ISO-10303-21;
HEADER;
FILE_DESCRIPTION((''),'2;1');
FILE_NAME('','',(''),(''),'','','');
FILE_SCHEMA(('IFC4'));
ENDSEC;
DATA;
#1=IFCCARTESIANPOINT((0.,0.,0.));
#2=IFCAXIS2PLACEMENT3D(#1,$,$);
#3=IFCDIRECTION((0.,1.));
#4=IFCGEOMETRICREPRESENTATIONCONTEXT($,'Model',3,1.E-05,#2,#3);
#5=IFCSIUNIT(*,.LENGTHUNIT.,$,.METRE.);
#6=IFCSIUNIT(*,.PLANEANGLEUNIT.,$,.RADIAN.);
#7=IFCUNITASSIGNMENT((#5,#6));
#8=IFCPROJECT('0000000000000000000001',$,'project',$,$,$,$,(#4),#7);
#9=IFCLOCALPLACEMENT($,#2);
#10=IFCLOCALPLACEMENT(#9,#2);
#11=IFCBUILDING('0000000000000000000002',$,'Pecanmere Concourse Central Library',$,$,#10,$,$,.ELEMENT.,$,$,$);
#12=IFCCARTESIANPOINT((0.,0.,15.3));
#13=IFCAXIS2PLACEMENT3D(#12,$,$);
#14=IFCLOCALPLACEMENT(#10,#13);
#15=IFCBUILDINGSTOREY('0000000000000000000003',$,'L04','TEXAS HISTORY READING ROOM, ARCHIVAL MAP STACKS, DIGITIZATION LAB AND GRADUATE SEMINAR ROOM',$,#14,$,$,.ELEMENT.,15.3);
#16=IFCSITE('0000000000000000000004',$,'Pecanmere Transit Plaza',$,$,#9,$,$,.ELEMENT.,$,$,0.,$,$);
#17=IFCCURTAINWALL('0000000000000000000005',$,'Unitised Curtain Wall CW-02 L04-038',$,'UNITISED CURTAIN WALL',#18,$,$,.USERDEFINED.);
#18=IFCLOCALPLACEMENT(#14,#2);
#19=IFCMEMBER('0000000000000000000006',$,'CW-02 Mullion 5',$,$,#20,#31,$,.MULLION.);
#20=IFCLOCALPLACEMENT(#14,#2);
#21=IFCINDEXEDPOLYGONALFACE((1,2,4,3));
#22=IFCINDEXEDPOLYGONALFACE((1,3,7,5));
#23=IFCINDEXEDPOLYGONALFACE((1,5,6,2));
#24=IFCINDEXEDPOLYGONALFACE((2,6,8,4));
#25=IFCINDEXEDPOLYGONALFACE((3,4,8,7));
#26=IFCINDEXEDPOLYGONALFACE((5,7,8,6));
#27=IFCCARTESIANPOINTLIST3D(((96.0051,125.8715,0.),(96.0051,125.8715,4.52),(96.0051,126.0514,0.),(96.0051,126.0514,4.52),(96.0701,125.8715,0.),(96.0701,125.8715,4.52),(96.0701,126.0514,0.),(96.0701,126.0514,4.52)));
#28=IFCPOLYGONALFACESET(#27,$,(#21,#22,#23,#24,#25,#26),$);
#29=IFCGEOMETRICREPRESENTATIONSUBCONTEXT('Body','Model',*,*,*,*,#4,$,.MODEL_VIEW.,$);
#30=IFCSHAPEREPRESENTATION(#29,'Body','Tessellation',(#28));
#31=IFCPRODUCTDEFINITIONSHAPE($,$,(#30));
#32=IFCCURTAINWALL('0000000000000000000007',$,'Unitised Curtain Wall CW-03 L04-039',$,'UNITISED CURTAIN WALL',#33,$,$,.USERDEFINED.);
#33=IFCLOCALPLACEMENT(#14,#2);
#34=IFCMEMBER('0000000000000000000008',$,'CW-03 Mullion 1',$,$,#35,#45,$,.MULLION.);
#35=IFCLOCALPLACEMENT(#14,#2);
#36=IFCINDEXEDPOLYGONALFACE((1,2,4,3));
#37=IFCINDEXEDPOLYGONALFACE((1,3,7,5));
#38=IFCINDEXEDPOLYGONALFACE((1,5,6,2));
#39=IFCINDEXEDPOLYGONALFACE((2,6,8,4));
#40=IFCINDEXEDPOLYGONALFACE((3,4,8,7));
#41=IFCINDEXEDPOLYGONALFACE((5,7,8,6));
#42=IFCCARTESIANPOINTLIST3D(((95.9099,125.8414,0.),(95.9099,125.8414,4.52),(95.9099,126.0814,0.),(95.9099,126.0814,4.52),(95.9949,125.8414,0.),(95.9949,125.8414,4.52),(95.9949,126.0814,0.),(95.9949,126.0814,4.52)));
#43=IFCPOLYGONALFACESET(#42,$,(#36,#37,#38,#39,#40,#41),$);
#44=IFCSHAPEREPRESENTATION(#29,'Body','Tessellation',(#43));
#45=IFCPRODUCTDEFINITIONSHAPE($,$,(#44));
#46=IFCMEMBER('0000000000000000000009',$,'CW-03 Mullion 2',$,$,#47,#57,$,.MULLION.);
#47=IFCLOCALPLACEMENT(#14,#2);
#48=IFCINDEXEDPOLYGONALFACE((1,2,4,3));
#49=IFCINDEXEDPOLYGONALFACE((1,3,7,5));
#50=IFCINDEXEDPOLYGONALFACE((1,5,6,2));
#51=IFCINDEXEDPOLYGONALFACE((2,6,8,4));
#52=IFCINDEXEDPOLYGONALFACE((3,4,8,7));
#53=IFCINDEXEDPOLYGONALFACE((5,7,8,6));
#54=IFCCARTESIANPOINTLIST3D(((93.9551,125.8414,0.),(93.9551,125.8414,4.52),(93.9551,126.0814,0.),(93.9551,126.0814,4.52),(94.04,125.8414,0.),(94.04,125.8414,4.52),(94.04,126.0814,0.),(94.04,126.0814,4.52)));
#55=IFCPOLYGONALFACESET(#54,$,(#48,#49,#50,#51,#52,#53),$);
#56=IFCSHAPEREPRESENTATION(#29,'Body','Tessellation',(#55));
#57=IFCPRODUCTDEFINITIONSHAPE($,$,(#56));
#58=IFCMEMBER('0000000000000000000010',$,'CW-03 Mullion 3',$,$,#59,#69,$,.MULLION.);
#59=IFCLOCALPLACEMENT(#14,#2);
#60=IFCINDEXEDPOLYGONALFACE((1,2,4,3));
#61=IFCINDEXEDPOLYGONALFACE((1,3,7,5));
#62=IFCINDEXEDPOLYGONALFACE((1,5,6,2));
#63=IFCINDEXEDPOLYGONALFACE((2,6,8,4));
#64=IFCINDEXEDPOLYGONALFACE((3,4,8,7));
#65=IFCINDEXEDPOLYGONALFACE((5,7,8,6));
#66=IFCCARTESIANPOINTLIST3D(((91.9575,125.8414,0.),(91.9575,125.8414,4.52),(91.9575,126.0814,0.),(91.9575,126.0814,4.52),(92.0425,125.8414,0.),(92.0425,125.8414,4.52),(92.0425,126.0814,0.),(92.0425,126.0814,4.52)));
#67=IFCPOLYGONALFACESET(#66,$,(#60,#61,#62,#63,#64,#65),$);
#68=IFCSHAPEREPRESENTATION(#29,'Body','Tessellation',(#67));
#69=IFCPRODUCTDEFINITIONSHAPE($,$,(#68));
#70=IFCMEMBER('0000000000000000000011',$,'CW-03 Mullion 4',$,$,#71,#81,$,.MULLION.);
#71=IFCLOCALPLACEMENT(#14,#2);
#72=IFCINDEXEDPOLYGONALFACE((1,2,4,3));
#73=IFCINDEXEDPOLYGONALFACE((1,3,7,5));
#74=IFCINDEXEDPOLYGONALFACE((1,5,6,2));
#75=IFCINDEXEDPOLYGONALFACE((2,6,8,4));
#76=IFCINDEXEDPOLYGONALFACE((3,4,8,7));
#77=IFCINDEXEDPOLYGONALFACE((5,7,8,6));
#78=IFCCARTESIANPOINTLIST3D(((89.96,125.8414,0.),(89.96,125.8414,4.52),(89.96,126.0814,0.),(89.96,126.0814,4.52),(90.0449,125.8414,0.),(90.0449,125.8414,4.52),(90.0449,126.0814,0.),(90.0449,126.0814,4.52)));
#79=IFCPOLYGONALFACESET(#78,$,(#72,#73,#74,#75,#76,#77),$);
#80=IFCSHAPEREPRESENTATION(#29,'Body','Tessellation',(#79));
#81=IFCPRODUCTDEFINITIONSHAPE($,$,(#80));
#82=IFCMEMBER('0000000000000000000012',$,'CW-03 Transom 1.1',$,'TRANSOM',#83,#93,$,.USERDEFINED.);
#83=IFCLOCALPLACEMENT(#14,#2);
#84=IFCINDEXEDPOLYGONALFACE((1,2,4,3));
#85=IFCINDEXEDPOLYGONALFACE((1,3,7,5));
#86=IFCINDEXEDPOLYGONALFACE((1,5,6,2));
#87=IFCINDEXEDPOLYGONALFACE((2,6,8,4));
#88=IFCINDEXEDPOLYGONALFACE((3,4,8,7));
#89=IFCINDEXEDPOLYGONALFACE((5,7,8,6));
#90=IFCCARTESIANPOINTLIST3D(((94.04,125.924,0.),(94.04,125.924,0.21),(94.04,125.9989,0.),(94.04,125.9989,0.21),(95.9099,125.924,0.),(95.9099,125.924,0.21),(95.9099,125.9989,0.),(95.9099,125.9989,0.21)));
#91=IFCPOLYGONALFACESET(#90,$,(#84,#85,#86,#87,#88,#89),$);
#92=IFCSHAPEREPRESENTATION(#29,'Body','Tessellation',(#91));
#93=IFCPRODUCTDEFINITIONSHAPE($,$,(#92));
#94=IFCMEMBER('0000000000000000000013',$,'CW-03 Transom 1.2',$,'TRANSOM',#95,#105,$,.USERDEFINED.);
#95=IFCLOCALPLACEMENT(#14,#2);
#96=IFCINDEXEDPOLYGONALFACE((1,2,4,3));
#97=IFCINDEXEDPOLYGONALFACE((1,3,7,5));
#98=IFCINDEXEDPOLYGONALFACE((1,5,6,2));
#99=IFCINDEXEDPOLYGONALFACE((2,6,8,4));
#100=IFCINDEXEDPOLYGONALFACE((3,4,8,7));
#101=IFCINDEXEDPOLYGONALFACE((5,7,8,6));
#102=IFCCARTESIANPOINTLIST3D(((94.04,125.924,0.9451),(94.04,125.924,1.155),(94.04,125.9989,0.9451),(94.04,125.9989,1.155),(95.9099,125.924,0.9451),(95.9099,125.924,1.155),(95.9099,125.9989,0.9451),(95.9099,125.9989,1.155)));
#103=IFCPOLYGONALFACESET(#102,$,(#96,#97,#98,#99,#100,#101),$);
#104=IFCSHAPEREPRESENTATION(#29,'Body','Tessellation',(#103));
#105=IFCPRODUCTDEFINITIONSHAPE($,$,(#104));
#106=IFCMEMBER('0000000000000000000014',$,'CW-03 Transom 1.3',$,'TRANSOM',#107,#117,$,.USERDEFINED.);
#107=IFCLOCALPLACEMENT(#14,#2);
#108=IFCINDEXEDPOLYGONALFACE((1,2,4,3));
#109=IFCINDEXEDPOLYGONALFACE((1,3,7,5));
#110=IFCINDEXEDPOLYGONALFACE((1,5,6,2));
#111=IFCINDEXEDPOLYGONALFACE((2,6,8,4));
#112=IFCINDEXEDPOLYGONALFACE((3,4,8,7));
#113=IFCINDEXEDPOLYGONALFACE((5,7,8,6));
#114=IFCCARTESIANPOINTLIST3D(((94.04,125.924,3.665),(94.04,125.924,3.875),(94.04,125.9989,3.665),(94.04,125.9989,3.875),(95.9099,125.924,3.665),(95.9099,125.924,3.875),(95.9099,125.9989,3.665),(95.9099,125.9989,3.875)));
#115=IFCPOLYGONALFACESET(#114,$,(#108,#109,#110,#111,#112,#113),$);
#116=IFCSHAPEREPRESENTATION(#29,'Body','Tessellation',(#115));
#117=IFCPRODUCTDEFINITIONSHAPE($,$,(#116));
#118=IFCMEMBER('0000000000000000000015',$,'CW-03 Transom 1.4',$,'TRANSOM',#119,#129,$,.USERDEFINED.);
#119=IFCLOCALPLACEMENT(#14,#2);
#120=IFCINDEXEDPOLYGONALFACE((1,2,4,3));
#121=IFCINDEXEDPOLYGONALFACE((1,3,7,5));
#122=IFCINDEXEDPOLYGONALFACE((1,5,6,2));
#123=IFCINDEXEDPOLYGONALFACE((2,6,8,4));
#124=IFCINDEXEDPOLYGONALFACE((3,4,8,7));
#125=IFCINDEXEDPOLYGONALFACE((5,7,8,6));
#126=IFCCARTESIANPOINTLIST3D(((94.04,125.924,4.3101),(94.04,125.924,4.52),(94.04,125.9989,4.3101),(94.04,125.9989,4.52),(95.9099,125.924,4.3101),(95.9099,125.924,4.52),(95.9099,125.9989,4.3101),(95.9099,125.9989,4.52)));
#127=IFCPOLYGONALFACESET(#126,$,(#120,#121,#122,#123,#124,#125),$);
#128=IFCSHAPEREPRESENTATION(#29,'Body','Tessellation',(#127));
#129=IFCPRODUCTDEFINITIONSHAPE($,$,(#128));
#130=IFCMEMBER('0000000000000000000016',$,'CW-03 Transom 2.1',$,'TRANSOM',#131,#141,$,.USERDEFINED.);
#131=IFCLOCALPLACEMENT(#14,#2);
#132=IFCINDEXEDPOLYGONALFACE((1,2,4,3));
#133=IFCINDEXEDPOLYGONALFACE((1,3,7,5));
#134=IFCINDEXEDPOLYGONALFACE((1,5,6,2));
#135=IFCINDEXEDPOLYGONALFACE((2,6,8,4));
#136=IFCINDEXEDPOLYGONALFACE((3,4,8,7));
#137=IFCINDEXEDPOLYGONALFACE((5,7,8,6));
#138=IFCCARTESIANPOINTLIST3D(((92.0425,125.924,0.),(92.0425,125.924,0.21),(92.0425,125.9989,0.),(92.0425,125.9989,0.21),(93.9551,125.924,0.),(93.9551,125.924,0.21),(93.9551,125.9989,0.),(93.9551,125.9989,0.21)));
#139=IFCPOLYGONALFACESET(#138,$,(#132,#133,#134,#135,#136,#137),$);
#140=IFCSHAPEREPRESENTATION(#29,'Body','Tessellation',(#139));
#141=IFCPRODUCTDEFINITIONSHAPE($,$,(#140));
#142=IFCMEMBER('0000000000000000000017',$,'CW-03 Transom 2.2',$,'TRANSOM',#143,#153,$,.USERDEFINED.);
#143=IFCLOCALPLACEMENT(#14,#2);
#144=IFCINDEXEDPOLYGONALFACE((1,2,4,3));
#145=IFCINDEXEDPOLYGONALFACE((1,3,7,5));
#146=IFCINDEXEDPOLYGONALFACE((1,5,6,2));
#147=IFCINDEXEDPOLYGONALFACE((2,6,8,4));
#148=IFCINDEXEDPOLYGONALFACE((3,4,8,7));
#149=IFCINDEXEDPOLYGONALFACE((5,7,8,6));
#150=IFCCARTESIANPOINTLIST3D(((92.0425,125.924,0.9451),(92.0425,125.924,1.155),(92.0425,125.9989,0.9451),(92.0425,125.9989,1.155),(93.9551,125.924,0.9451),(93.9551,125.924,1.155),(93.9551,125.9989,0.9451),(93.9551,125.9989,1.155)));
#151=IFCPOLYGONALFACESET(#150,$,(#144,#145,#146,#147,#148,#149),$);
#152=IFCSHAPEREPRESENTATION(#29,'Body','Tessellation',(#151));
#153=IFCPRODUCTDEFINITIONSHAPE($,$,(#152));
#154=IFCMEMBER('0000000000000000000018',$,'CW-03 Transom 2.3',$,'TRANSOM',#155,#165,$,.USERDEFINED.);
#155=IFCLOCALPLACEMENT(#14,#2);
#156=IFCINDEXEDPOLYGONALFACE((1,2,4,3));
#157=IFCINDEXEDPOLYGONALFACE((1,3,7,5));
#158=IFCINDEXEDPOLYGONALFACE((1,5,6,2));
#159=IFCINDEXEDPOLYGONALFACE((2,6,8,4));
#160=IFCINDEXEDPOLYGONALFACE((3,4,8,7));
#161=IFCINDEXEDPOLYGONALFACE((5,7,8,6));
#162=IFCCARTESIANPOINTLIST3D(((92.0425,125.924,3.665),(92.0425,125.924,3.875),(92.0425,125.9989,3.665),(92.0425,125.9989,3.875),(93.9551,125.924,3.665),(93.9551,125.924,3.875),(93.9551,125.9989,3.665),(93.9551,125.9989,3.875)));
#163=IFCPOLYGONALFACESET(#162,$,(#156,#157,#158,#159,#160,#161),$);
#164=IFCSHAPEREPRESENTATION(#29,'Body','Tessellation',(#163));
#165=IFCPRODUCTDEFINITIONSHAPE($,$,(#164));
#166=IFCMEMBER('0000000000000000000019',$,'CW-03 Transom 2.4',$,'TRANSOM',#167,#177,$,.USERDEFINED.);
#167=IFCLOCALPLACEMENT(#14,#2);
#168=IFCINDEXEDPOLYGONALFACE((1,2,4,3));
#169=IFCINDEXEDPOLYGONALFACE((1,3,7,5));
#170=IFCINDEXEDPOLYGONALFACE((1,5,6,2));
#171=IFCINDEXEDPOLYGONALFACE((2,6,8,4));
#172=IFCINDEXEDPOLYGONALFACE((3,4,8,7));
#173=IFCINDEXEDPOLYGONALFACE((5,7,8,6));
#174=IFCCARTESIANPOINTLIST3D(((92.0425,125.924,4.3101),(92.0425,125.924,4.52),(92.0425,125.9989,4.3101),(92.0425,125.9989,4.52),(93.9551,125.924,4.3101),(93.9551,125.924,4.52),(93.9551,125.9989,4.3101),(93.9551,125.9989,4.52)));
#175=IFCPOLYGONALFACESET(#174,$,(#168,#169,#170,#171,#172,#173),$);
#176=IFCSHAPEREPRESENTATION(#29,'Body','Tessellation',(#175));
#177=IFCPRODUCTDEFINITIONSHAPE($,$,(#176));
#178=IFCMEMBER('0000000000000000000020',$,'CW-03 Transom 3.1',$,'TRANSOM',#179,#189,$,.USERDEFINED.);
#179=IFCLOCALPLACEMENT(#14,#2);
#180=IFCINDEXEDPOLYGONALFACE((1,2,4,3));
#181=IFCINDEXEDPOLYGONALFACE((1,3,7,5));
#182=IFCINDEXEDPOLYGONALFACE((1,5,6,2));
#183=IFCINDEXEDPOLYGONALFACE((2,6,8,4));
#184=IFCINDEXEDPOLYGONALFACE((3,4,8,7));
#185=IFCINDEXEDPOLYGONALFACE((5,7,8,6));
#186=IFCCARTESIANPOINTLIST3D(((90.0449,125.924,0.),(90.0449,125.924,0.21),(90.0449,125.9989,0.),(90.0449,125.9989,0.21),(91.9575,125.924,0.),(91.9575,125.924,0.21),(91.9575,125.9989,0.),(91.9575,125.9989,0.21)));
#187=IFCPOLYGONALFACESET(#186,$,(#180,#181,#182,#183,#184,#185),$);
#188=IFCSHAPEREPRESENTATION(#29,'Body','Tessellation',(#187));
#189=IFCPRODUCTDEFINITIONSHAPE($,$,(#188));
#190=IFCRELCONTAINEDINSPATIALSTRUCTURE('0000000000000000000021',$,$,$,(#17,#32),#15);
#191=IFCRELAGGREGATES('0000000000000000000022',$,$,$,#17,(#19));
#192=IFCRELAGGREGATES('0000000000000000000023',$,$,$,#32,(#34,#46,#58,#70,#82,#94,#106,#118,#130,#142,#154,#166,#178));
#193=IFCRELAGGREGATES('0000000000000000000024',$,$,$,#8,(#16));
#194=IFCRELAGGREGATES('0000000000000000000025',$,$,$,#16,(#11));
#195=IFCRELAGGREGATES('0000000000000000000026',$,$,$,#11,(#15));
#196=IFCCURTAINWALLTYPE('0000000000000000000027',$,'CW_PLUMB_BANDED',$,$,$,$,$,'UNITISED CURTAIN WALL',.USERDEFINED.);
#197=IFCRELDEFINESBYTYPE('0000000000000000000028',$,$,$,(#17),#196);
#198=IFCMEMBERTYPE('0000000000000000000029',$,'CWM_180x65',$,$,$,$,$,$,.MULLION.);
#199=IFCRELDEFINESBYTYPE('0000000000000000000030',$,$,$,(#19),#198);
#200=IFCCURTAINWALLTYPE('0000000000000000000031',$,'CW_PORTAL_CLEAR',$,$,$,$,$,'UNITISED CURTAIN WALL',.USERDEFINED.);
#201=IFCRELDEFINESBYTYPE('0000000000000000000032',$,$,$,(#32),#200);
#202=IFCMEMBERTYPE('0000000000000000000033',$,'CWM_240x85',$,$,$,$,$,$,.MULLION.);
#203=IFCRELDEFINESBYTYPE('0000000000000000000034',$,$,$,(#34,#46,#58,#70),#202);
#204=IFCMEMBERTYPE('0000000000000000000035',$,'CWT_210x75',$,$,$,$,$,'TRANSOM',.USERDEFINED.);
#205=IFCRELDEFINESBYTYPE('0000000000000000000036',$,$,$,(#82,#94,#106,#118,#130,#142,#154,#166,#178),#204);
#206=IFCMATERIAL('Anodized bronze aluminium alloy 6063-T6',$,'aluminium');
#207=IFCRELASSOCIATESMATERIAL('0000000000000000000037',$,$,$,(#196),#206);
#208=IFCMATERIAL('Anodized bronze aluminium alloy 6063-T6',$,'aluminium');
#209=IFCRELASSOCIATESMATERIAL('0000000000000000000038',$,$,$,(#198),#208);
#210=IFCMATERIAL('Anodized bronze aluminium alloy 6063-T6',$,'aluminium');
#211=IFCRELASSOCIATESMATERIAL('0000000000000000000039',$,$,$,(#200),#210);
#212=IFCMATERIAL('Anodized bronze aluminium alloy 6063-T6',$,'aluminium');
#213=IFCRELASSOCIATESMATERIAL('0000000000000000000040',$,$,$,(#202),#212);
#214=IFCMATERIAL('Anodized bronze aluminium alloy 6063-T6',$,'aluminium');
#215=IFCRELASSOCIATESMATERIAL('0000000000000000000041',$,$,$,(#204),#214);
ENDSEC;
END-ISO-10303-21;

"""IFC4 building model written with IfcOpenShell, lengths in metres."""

from ifc_helpers import new_model, si_unit, direction, frame, origin, origin_2d, place, context, subcontext, project, spatial, rectangle, extrude, material, material_profile, profile_set, type_object, element, aggregate, save


model = new_model("IFC4")

# Units and contexts
model_context = context("Model", 3, precision=1e-05, world=origin(), true_north=direction((0.0, 1.0)))
body_context = subcontext(model_context, "Body", "Model", "MODEL_VIEW")
ifc_project = project(units=[si_unit("LENGTHUNIT", "METRE"), si_unit("PLANEANGLEUNIT", "RADIAN")], contexts=[model_context])

# Site, building, storey
site_placement = place(None, origin())
site = spatial("IfcSite", under=ifc_project, at=site_placement, Name="Pecanmere Transit Plaza", CompositionType="ELEMENT", RefElevation=0.0)
building_placement = place(site_placement, origin())
building = spatial("IfcBuilding", under=site, at=building_placement, Name="Pecanmere Concourse Central Library", CompositionType="ELEMENT")
storey_placement = place(building_placement, frame((0.0, 0.0, 15.3)))
storey = spatial("IfcBuildingStorey", under=building, at=storey_placement, Name="L04", Description="TEXAS HISTORY READING ROOM, ARCHIVAL MAP STACKS, DIGITIZATION LAB AND GRADUATE SEMINAR ROOM", CompositionType="ELEMENT", Elevation=15.3)

# Curtain wall, member
ifc_material_1 = material(Name="Anodized bronze aluminium alloy 6063-T6", Category="aluminium")
curtain_wall_type_1 = type_object("IfcCurtainWallType", Name="CW_PLUMB_BANDED", ElementType="UNITISED CURTAIN WALL", PredefinedType="USERDEFINED", material=ifc_material_1)
curtain_wall_1_placement = place(storey_placement, origin())
curtain_wall_1 = element("IfcCurtainWall", 1, at=curtain_wall_1_placement, inside=storey, type_object=curtain_wall_type_1, Name="Unitised Curtain Wall CW-02 L04-038", ObjectType="UNITISED CURTAIN WALL", PredefinedType="USERDEFINED")
ifc_material_2 = material(Name="Anodized bronze aluminium alloy 6063-T6", Category="aluminium")
ifc_material_profile_1 = material_profile(ifc_material_2, rectangle(XDim=0.0649, YDim=0.1799, at=origin_2d()), Name="AL 65x180")
ifc_profile_set_1 = profile_set([ifc_material_profile_1], Name="Anodized bronze aluminium alloy 6063-T6")
member_type_1 = type_object("IfcMemberType", Name="CWM_180x65", PredefinedType="MULLION", material=ifc_profile_set_1)
member_1_placement = place(storey_placement, frame((96.0376, 125.9614, 0.0), z_axis=(0.0, 0.0, 1.0), x_axis=(-1.0, 0.0, 0.0)))
member_1 = element("IfcMember", 2, at=member_1_placement, type_object=member_type_1, Name="CW-02 Mullion 5", PredefinedType="MULLION", context=body_context, shape_type="SweptSolid", body=[
    extrude(rectangle(XDim=0.0649, YDim=0.1799, at=origin_2d()), origin(), (0.0, 0.0, 1.0), 4.52),
])
aggregate(curtain_wall_1, [member_1])

# Curtain wall, members
ifc_material_3 = material(Name="Anodized bronze aluminium alloy 6063-T6", Category="aluminium")
curtain_wall_type_2 = type_object("IfcCurtainWallType", Name="CW_PORTAL_CLEAR", ElementType="UNITISED CURTAIN WALL", PredefinedType="USERDEFINED", material=ifc_material_3)
curtain_wall_2_placement = place(storey_placement, origin())
curtain_wall_2 = element("IfcCurtainWall", 3, at=curtain_wall_2_placement, inside=storey, type_object=curtain_wall_type_2, Name="Unitised Curtain Wall CW-03 L04-039", ObjectType="UNITISED CURTAIN WALL", PredefinedType="USERDEFINED")
ifc_material_4 = material(Name="Anodized bronze aluminium alloy 6063-T6", Category="aluminium")
ifc_material_profile_2 = material_profile(ifc_material_4, rectangle(XDim=0.085, YDim=0.24, at=origin_2d()), Name="AL 85x240")
ifc_profile_set_2 = profile_set([ifc_material_profile_2], Name="Anodized bronze aluminium alloy 6063-T6")
member_type_2 = type_object("IfcMemberType", Name="CWM_240x85", PredefinedType="MULLION", material=ifc_profile_set_2)
member_2_placement = place(storey_placement, frame((95.9524, 125.9614, 0.0), z_axis=(0.0, 0.0, 1.0), x_axis=(-1.0, 0.0, 0.0)))
member_2 = element("IfcMember", 4, at=member_2_placement, type_object=member_type_2, Name="CW-03 Mullion 1", PredefinedType="MULLION", context=body_context, shape_type="SweptSolid", body=[
    extrude(rectangle(XDim=0.085, YDim=0.24, at=origin_2d()), origin(), (0.0, 0.0, 1.0), 4.52),
])
member_3_placement = place(storey_placement, frame((93.9976, 125.9614, 0.0), z_axis=(0.0, 0.0, 1.0), x_axis=(-1.0, 0.0, 0.0)))
member_3 = element("IfcMember", 5, at=member_3_placement, type_object=member_type_2, Name="CW-03 Mullion 2", PredefinedType="MULLION", context=body_context, shape_type="SweptSolid", body=[
    extrude(rectangle(XDim=0.085, YDim=0.24, at=origin_2d()), origin(), (0.0, 0.0, 1.0), 4.52),
])
member_4_placement = place(storey_placement, frame((92.0, 125.9614, 0.0), z_axis=(0.0, 0.0, 1.0), x_axis=(-1.0, 0.0, 0.0)))
member_4 = element("IfcMember", 6, at=member_4_placement, type_object=member_type_2, Name="CW-03 Mullion 3", PredefinedType="MULLION", context=body_context, shape_type="SweptSolid", body=[
    extrude(rectangle(XDim=0.085, YDim=0.24, at=origin_2d()), origin(), (0.0, 0.0, 1.0), 4.52),
])
member_5_placement = place(storey_placement, frame((90.0024, 125.9614, 0.0), z_axis=(0.0, 0.0, 1.0), x_axis=(-1.0, 0.0, 0.0)))
member_5 = element("IfcMember", 7, at=member_5_placement, type_object=member_type_2, Name="CW-03 Mullion 4", PredefinedType="MULLION", context=body_context, shape_type="SweptSolid", body=[
    extrude(rectangle(XDim=0.085, YDim=0.24, at=origin_2d()), origin(), (0.0, 0.0, 1.0), 4.52),
])
ifc_material_5 = material(Name="Anodized bronze aluminium alloy 6063-T6", Category="aluminium")
ifc_material_profile_3 = material_profile(ifc_material_5, rectangle(XDim=0.075, YDim=0.21, at=origin_2d()), Name="AL 75x210")
ifc_profile_set_3 = profile_set([ifc_material_profile_3], Name="Anodized bronze aluminium alloy 6063-T6")
member_type_3 = type_object("IfcMemberType", Name="CWT_210x75", ElementType="TRANSOM", PredefinedType="USERDEFINED", material=ifc_profile_set_3)
member_6_placement = place(storey_placement, frame((95.9099, 125.9614, 0.105), z_axis=(-1.0, 0.0, 0.0), x_axis=(0.0, -1.0, 0.0)))
member_6 = element("IfcMember", 8, at=member_6_placement, type_object=member_type_3, Name="CW-03 Transom 1.1", ObjectType="TRANSOM", PredefinedType="USERDEFINED", context=body_context, shape_type="SweptSolid", body=[
    extrude(rectangle(XDim=0.075, YDim=0.21, at=origin_2d()), origin(), (0.0, 0.0, 1.0), 1.8699),
])
member_7_placement = place(storey_placement, frame((95.9099, 125.9614, 1.05), z_axis=(-1.0, 0.0, 0.0), x_axis=(0.0, -1.0, 0.0)))
member_7 = element("IfcMember", 9, at=member_7_placement, type_object=member_type_3, Name="CW-03 Transom 1.2", ObjectType="TRANSOM", PredefinedType="USERDEFINED", context=body_context, shape_type="SweptSolid", body=[
    extrude(rectangle(XDim=0.075, YDim=0.21, at=origin_2d()), origin(), (0.0, 0.0, 1.0), 1.8699),
])
member_8_placement = place(storey_placement, frame((95.9099, 125.9614, 3.77), z_axis=(-1.0, 0.0, 0.0), x_axis=(0.0, -1.0, 0.0)))
member_8 = element("IfcMember", 10, at=member_8_placement, type_object=member_type_3, Name="CW-03 Transom 1.3", ObjectType="TRANSOM", PredefinedType="USERDEFINED", context=body_context, shape_type="SweptSolid", body=[
    extrude(rectangle(XDim=0.075, YDim=0.21, at=origin_2d()), origin(), (0.0, 0.0, 1.0), 1.8699),
])
member_9_placement = place(storey_placement, frame((95.9099, 125.9614, 4.415), z_axis=(-1.0, 0.0, 0.0), x_axis=(0.0, -1.0, 0.0)))
member_9 = element("IfcMember", 11, at=member_9_placement, type_object=member_type_3, Name="CW-03 Transom 1.4", ObjectType="TRANSOM", PredefinedType="USERDEFINED", context=body_context, shape_type="SweptSolid", body=[
    extrude(rectangle(XDim=0.075, YDim=0.21, at=origin_2d()), origin(), (0.0, 0.0, 1.0), 1.8699),
])
member_10_placement = place(storey_placement, frame((93.9551, 125.9614, 0.105), z_axis=(-1.0, 0.0, 0.0), x_axis=(0.0, -1.0, 0.0)))
member_10 = element("IfcMember", 12, at=member_10_placement, type_object=member_type_3, Name="CW-03 Transom 2.1", ObjectType="TRANSOM", PredefinedType="USERDEFINED", context=body_context, shape_type="SweptSolid", body=[
    extrude(rectangle(XDim=0.075, YDim=0.21, at=origin_2d()), origin(), (0.0, 0.0, 1.0), 1.9126),
])
member_11_placement = place(storey_placement, frame((93.9551, 125.9614, 1.05), z_axis=(-1.0, 0.0, 0.0), x_axis=(0.0, -1.0, 0.0)))
member_11 = element("IfcMember", 13, at=member_11_placement, type_object=member_type_3, Name="CW-03 Transom 2.2", ObjectType="TRANSOM", PredefinedType="USERDEFINED", context=body_context, shape_type="SweptSolid", body=[
    extrude(rectangle(XDim=0.075, YDim=0.21, at=origin_2d()), origin(), (0.0, 0.0, 1.0), 1.9126),
])
member_12_placement = place(storey_placement, frame((93.9551, 125.9614, 3.77), z_axis=(-1.0, 0.0, 0.0), x_axis=(0.0, -1.0, 0.0)))
member_12 = element("IfcMember", 14, at=member_12_placement, type_object=member_type_3, Name="CW-03 Transom 2.3", ObjectType="TRANSOM", PredefinedType="USERDEFINED", context=body_context, shape_type="SweptSolid", body=[
    extrude(rectangle(XDim=0.075, YDim=0.21, at=origin_2d()), origin(), (0.0, 0.0, 1.0), 1.9126),
])
member_13_placement = place(storey_placement, frame((93.9551, 125.9614, 4.415), z_axis=(-1.0, 0.0, 0.0), x_axis=(0.0, -1.0, 0.0)))
member_13 = element("IfcMember", 15, at=member_13_placement, type_object=member_type_3, Name="CW-03 Transom 2.4", ObjectType="TRANSOM", PredefinedType="USERDEFINED", context=body_context, shape_type="SweptSolid", body=[
    extrude(rectangle(XDim=0.075, YDim=0.21, at=origin_2d()), origin(), (0.0, 0.0, 1.0), 1.9126),
])
member_14_placement = place(storey_placement, frame((91.9575, 125.9614, 0.105), z_axis=(-1.0, 0.0, 0.0), x_axis=(0.0, -1.0, 0.0)))
member_14 = element("IfcMember", 16, at=member_14_placement, type_object=member_type_3, Name="CW-03 Transom 3.1", ObjectType="TRANSOM", PredefinedType="USERDEFINED", context=body_context, shape_type="SweptSolid", body=[
    extrude(rectangle(XDim=0.075, YDim=0.21, at=origin_2d()), origin(), (0.0, 0.0, 1.0), 1.9126),
])
aggregate(curtain_wall_2, [member_2, member_3, member_4, member_5, member_6, member_7, member_8, member_9, member_10, member_11, member_12, member_13, member_14])

save(model, "model.ifc")
